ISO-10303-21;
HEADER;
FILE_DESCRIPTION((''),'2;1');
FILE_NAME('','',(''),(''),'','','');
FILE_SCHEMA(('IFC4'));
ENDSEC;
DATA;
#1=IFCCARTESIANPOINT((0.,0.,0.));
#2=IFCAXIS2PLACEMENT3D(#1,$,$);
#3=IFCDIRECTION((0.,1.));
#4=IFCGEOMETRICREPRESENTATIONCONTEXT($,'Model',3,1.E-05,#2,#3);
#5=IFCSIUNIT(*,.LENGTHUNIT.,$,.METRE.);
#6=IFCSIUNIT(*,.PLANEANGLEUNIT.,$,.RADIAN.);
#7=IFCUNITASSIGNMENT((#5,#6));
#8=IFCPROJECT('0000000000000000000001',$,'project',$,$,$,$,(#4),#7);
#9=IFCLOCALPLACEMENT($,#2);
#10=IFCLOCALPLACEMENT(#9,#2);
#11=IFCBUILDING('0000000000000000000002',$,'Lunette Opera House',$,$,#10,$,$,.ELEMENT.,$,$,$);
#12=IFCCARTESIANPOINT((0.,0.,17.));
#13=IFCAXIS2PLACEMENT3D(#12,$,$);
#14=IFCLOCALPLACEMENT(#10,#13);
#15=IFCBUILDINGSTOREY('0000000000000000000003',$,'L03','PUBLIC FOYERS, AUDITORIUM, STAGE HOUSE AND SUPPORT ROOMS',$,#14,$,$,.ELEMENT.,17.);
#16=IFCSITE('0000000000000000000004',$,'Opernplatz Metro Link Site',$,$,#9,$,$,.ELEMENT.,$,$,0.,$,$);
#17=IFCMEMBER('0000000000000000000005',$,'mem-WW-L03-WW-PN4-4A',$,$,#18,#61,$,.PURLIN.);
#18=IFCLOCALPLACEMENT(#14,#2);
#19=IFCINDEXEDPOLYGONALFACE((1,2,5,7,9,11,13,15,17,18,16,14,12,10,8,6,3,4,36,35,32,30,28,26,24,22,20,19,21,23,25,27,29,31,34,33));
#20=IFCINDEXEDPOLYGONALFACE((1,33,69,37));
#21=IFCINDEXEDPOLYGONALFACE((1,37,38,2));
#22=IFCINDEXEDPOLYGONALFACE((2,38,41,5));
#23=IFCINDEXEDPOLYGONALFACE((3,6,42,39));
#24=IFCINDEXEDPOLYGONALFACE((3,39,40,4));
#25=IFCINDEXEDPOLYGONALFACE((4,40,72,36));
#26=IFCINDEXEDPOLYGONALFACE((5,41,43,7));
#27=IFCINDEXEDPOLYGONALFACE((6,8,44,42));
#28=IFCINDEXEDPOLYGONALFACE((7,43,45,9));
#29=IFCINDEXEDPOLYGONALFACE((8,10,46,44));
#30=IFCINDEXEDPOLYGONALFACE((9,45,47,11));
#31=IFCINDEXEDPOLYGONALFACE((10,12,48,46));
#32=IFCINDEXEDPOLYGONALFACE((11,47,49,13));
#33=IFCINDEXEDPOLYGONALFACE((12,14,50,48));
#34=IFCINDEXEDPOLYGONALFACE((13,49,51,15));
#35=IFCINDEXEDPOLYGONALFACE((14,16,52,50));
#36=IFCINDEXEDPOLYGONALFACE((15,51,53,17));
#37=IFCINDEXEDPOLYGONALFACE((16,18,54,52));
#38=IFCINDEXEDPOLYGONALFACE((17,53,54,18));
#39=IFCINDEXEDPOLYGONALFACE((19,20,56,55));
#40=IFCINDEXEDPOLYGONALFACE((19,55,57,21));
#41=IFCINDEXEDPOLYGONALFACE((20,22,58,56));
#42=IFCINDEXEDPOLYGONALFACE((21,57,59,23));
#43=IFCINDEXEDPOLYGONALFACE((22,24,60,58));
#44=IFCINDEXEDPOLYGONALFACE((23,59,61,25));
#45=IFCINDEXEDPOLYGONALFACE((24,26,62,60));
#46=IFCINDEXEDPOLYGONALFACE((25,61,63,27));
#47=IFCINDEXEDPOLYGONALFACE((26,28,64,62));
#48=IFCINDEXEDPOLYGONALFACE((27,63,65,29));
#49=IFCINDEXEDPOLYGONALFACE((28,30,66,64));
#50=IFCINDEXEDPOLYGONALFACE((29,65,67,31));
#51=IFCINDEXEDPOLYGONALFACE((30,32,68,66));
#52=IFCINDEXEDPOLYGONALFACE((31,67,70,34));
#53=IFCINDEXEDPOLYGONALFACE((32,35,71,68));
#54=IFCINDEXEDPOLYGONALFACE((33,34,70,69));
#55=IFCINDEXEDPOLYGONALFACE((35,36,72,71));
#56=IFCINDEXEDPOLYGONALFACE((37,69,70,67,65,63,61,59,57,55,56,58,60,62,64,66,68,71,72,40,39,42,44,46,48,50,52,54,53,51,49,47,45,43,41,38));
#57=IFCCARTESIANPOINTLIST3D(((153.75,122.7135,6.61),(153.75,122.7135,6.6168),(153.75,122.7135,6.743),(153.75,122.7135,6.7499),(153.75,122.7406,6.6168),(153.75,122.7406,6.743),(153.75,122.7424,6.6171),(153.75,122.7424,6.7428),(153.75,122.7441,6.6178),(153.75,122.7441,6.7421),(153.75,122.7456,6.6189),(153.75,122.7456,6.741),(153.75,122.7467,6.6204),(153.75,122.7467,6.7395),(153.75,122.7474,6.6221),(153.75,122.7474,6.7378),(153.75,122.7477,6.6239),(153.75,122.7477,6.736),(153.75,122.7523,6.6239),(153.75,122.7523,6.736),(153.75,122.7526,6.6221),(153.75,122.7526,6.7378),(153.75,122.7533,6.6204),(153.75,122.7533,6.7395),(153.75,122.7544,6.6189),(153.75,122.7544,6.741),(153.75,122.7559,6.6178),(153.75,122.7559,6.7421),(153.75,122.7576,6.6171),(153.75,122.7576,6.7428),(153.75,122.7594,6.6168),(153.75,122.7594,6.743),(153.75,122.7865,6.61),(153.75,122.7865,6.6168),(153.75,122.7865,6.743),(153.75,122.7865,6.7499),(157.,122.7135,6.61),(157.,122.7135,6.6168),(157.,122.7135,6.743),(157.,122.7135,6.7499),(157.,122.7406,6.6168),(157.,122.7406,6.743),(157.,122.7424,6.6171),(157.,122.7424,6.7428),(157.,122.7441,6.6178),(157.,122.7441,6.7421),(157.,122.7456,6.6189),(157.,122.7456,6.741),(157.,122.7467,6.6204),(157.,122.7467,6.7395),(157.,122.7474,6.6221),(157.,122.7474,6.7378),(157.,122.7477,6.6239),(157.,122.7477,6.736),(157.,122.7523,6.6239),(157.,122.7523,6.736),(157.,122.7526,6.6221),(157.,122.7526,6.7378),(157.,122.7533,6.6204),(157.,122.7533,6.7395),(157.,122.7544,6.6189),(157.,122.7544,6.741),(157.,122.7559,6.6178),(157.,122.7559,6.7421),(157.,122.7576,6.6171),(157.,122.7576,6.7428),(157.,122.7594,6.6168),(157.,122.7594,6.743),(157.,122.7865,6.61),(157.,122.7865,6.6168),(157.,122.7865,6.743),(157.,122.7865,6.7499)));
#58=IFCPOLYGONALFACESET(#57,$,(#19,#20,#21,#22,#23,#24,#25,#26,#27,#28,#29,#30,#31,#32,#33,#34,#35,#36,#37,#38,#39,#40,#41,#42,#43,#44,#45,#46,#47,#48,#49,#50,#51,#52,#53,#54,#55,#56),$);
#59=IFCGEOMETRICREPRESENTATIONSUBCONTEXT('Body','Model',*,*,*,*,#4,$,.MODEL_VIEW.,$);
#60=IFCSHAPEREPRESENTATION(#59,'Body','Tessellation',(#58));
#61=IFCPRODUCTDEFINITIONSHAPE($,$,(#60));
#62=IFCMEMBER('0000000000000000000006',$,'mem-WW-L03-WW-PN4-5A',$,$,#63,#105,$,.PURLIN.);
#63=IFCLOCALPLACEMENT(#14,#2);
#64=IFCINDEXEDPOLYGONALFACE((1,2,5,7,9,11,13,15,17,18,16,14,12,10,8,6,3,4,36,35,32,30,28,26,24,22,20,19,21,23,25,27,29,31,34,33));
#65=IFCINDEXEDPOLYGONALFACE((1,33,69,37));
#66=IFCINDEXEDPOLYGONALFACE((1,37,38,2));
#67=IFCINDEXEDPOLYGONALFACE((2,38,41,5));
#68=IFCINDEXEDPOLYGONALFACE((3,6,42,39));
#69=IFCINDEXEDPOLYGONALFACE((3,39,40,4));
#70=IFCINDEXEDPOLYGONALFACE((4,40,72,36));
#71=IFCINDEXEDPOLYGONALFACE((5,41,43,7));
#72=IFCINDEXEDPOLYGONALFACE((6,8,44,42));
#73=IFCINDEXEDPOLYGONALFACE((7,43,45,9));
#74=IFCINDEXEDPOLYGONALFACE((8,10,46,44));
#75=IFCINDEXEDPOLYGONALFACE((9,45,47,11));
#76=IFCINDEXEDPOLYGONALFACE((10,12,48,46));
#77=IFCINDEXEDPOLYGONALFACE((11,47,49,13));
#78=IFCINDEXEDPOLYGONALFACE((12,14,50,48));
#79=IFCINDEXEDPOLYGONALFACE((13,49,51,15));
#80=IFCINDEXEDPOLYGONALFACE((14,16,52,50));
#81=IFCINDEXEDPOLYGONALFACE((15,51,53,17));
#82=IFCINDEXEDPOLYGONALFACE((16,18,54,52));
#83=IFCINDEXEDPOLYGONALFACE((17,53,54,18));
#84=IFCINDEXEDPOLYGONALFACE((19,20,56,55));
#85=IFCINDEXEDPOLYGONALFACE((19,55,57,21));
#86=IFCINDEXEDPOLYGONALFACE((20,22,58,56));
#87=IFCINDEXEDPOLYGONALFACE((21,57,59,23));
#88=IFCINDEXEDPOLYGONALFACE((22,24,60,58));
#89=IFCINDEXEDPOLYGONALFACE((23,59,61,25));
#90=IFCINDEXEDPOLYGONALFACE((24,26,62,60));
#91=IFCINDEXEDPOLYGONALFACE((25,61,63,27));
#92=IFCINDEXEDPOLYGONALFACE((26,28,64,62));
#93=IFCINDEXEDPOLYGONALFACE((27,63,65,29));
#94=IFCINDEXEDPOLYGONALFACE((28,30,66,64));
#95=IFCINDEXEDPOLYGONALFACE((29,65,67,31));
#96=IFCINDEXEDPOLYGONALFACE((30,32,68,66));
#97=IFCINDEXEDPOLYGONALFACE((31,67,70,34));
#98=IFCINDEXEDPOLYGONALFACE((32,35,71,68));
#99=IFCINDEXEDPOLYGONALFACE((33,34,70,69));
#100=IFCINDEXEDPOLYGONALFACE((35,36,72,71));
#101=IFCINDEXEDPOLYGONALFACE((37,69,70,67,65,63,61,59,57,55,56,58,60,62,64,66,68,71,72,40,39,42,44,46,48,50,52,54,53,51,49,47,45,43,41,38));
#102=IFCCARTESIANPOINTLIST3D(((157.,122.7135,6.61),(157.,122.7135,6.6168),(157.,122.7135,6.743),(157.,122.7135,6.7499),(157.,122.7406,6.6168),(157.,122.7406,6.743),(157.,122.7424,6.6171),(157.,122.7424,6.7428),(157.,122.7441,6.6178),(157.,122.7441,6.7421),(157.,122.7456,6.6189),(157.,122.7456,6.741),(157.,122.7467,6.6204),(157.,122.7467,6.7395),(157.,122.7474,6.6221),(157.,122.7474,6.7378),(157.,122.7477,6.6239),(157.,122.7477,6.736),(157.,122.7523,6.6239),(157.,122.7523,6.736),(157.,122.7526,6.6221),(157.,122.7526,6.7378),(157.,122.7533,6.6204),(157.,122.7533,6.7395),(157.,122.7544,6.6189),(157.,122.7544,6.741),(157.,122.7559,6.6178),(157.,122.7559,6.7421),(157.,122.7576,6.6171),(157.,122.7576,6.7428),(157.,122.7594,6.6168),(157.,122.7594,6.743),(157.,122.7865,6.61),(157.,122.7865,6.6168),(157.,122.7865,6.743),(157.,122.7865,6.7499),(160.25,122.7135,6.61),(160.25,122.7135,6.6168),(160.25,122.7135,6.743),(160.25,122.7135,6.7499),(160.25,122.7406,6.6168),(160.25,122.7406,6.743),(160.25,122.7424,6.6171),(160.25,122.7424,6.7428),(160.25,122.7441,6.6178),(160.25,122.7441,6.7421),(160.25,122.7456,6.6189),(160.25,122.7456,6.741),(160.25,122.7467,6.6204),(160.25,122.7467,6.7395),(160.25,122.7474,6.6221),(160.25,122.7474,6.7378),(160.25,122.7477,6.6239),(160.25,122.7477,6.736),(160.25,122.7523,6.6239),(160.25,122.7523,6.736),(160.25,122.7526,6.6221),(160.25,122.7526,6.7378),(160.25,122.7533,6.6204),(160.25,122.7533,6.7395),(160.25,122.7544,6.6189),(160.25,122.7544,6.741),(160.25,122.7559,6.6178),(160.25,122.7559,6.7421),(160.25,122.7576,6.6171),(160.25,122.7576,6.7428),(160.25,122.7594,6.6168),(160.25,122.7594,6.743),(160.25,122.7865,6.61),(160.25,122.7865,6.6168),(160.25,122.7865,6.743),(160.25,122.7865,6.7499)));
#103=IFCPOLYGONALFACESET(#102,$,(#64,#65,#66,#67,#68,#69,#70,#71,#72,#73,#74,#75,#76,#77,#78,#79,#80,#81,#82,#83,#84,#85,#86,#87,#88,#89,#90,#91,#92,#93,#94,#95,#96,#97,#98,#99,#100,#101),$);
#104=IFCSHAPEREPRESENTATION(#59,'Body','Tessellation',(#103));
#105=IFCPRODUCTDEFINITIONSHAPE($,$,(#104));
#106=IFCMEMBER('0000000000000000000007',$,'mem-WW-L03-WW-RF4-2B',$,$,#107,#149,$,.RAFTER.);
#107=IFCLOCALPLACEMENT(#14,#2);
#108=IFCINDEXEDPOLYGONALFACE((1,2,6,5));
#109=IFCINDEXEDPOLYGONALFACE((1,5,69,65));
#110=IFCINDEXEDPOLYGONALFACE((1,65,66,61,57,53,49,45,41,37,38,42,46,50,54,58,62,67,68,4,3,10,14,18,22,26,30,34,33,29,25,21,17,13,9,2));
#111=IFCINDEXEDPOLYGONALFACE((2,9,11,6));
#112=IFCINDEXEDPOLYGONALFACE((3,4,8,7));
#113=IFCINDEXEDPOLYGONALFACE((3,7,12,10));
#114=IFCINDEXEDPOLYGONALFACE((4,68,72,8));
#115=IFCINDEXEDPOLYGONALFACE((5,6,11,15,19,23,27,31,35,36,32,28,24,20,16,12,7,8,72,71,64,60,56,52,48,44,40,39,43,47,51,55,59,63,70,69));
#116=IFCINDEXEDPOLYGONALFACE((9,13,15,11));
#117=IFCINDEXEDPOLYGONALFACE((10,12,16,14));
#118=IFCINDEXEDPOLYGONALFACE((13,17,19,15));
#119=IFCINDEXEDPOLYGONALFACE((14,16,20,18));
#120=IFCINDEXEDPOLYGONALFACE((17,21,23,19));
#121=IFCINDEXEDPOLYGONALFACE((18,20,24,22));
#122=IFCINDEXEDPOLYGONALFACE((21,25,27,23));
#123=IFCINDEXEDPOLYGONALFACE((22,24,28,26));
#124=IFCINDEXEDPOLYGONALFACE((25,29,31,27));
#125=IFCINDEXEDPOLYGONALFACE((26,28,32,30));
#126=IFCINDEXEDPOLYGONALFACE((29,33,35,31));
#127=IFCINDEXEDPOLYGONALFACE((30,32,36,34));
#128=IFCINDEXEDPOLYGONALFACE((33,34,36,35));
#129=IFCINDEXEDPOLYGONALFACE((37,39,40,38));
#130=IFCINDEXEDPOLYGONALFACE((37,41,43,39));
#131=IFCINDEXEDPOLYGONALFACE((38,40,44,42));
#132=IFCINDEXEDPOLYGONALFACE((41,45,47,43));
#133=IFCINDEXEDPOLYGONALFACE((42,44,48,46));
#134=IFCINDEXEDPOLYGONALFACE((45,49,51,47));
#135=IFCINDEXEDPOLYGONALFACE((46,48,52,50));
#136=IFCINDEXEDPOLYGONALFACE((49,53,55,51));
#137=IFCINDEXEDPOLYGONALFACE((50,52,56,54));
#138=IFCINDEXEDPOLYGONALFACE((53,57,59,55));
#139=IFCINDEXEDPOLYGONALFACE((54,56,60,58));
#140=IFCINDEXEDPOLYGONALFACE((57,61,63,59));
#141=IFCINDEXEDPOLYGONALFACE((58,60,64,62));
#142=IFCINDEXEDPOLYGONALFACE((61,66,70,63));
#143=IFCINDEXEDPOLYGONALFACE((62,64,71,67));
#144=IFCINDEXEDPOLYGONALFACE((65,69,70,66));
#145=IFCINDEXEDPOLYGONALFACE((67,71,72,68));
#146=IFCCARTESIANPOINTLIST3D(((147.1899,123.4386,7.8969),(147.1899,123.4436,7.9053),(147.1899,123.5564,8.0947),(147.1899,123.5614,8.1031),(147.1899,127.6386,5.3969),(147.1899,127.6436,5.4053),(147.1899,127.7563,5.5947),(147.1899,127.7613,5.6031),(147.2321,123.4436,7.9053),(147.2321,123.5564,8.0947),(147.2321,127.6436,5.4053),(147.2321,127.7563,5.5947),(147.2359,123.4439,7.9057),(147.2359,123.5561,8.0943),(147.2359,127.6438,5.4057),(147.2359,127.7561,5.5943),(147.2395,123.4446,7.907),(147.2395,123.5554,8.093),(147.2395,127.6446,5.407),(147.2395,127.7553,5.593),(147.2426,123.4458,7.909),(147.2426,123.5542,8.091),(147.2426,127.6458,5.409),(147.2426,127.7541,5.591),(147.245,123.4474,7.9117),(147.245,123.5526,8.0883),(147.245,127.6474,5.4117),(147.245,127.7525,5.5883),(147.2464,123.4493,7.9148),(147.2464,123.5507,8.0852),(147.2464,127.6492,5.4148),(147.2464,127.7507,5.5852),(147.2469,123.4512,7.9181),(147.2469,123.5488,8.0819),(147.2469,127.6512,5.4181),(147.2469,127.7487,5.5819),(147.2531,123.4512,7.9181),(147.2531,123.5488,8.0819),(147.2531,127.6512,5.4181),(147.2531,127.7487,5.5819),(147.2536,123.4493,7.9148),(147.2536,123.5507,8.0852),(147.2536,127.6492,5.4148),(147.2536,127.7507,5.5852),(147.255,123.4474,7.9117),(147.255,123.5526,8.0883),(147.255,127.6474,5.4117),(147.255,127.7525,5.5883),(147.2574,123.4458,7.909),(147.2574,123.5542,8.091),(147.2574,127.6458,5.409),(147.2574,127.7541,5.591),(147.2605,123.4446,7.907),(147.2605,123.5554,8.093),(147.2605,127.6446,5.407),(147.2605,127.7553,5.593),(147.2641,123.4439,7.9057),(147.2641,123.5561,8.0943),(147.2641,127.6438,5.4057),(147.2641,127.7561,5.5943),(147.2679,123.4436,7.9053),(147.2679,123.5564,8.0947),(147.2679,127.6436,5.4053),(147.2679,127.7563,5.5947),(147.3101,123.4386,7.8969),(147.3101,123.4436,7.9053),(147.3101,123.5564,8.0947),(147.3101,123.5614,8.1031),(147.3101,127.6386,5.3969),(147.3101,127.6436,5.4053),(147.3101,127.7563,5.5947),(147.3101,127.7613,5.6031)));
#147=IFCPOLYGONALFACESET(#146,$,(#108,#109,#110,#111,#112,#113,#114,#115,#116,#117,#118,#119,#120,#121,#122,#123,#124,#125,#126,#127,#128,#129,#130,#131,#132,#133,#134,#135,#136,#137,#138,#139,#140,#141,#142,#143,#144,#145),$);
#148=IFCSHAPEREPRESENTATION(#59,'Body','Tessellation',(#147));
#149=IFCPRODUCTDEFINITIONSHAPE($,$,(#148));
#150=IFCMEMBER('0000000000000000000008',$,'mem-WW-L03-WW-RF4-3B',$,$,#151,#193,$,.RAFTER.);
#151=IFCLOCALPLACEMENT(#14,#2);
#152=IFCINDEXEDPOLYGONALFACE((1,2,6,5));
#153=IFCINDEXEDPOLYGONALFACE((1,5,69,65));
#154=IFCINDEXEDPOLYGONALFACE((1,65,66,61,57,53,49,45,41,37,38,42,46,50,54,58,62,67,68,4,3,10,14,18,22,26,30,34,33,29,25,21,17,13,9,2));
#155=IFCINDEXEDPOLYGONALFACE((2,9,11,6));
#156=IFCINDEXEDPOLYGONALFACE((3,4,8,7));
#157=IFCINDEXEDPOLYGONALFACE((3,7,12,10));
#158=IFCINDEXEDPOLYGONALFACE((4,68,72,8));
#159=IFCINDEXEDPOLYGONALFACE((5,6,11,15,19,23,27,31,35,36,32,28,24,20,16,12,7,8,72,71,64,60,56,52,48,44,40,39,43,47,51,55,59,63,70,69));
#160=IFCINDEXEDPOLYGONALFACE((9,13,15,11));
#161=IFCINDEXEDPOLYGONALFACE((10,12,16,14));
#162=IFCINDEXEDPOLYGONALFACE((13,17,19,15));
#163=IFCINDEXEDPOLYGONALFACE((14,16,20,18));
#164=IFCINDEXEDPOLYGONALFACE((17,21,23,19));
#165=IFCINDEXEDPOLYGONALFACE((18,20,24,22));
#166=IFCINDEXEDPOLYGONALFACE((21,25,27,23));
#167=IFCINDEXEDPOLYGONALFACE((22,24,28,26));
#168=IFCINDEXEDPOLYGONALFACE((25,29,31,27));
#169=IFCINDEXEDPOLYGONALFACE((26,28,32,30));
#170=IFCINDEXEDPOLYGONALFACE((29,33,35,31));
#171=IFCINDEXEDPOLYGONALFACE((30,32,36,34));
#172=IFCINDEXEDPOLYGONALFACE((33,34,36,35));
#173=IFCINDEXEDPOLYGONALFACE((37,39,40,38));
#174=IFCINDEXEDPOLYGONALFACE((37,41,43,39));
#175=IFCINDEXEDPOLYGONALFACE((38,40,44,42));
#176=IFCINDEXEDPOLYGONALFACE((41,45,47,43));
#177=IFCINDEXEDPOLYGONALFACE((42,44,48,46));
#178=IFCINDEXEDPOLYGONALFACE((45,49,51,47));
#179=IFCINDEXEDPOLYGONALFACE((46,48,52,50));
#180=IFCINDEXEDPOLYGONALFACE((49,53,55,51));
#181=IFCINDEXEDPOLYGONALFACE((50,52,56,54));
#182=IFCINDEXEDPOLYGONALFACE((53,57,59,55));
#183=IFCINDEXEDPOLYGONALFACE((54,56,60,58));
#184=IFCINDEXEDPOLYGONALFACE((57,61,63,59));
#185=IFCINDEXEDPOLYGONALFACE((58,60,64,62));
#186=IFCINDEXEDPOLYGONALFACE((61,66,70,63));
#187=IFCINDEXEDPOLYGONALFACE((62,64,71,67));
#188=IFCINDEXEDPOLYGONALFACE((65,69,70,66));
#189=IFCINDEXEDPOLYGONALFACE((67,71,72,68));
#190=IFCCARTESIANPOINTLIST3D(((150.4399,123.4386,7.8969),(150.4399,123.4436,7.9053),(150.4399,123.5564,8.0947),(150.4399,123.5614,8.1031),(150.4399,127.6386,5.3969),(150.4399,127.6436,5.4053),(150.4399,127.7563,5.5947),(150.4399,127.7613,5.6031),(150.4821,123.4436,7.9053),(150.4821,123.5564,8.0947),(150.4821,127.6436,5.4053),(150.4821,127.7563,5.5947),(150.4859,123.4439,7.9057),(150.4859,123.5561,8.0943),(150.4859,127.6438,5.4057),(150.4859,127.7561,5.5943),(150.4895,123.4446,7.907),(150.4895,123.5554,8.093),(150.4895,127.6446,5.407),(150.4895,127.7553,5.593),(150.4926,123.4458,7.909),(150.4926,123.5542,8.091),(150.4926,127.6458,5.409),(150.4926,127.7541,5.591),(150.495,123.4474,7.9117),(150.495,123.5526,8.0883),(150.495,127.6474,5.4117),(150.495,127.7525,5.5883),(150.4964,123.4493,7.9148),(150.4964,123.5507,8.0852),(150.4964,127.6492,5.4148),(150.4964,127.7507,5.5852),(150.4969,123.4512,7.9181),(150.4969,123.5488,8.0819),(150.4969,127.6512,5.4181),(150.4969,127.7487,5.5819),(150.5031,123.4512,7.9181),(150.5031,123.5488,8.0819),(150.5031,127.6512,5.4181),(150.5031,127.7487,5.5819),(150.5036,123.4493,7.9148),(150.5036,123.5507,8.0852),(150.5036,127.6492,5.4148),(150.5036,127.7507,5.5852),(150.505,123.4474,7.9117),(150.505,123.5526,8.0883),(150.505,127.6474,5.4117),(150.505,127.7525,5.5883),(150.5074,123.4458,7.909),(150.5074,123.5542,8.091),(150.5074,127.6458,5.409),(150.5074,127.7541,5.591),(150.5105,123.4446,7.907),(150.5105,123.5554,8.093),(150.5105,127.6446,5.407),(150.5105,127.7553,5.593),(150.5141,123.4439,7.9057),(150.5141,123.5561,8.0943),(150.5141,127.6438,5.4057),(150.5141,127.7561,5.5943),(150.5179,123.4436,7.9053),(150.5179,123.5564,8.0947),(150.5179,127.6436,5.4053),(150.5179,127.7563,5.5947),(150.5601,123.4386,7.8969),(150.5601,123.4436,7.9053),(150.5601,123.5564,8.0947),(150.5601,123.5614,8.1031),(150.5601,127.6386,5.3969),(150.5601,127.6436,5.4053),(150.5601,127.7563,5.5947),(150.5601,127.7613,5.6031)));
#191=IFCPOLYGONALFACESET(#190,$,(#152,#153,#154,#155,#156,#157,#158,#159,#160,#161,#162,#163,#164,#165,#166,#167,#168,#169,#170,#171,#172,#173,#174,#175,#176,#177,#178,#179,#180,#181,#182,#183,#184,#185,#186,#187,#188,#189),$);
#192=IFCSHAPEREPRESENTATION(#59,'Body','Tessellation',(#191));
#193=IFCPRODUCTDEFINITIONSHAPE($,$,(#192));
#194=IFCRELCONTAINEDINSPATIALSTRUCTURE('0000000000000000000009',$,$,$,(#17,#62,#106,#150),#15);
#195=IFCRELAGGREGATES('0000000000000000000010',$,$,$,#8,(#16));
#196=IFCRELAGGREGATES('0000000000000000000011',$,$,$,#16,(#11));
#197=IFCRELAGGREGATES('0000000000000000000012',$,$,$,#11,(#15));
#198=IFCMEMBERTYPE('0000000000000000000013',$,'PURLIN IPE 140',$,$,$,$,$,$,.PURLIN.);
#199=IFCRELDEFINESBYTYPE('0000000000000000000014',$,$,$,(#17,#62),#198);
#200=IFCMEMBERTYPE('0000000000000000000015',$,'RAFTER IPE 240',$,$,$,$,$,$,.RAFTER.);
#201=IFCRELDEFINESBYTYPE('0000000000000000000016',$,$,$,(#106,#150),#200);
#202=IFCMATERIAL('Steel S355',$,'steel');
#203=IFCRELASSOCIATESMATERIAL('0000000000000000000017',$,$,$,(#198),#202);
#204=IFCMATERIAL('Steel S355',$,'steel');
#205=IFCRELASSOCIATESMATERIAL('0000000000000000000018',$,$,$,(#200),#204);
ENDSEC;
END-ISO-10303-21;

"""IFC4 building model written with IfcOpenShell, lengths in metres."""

from ifc_helpers import new_model, si_unit, direction, frame, origin, origin_2d, place, context, subcontext, project, spatial, i_section, extrude, material, material_profile, profile_set, type_object, element, save


model = new_model("IFC4")

# Units and contexts
model_context = context("Model", 3, precision=1e-05, world=origin(), true_north=direction((0.0, 1.0)))
body_context = subcontext(model_context, "Body", "Model", "MODEL_VIEW")
ifc_project = project(units=[si_unit("LENGTHUNIT", "METRE"), si_unit("PLANEANGLEUNIT", "RADIAN")], contexts=[model_context])

# Site, building, storey
site_placement = place(None, origin())
site = spatial("IfcSite", under=ifc_project, at=site_placement, Name="Opernplatz Metro Link Site", CompositionType="ELEMENT", RefElevation=0.0)
building_placement = place(site_placement, origin())
building = spatial("IfcBuilding", under=site, at=building_placement, Name="Lunette Opera House", CompositionType="ELEMENT")
storey_placement = place(building_placement, frame((0.0, 0.0, 17.0)))
storey = spatial("IfcBuildingStorey", under=building, at=storey_placement, Name="L03", Description="PUBLIC FOYERS, AUDITORIUM, STAGE HOUSE AND SUPPORT ROOMS", CompositionType="ELEMENT", Elevation=17.0)

# Members
ifc_material_1 = material(Name="Steel S355", Category="steel")
ifc_material_profile_1 = material_profile(ifc_material_1, i_section(OverallWidth=0.073, OverallDepth=0.1399, WebThickness=0.0046, FlangeThickness=0.0068, FilletRadius=0.0071, at=origin_2d()), Name="IPE 140")
ifc_profile_set_1 = profile_set([ifc_material_profile_1], Name="Steel S355")
member_type_1 = type_object("IfcMemberType", Name="PURLIN IPE 140", PredefinedType="PURLIN", material=ifc_profile_set_1)
for number, where, z_axis, x_axis, name in (
    (1, (153.75, 122.75, 6.6799), (1.0, 0.0, 0.0), (0.0, 1.0, 0.0), "mem-WW-L03-WW-PN4-4A"),
    (2, (157.0, 122.75, 6.6799), (1.0, 0.0, 0.0), (0.0, 1.0, 0.0), "mem-WW-L03-WW-PN4-5A"),
):
    element("IfcMember", number, at=place(storey_placement, frame(where, z_axis=z_axis, x_axis=x_axis)), inside=storey, type_object=member_type_1, Name=name, PredefinedType="PURLIN", context=body_context, shape_type="SweptSolid", body=[
        extrude(i_section(OverallWidth=0.073, OverallDepth=0.1399, WebThickness=0.0046, FlangeThickness=0.0068, FilletRadius=0.0071, at=origin_2d()), origin(), (0.0, 0.0, 1.0), 3.25),
    ])
ifc_material_2 = material(Name="Steel S355", Category="steel")
ifc_material_profile_2 = material_profile(ifc_material_2, i_section(OverallWidth=0.1201, OverallDepth=0.24, WebThickness=0.0061, FlangeThickness=0.0098, FilletRadius=0.0149, at=origin_2d()), Name="IPE 240")
ifc_profile_set_2 = profile_set([ifc_material_profile_2], Name="Steel S355")
member_type_2 = type_object("IfcMemberType", Name="RAFTER IPE 240", PredefinedType="RAFTER", material=ifc_profile_set_2)
for number, where, z_axis, x_axis, name in (
    (3, (147.25, 123.5, 8.0), (0.0, 0.85929, -0.511488), (-1.0, 0.0, 0.0), "mem-WW-L03-WW-RF4-2B"),
    (4, (150.5, 123.5, 8.0), (0.0, 0.85929, -0.511488), (-1.0, 0.0, 0.0), "mem-WW-L03-WW-RF4-3B"),
):
    element("IfcMember", number, at=place(storey_placement, frame(where, z_axis=z_axis, x_axis=x_axis)), inside=storey, type_object=member_type_2, Name=name, PredefinedType="RAFTER", context=body_context, shape_type="SweptSolid", body=[
        extrude(i_section(OverallWidth=0.1201, OverallDepth=0.24, WebThickness=0.0061, FlangeThickness=0.0098, FilletRadius=0.0149, at=origin_2d()), origin(), (0.0, 0.0, 1.0), 4.8877),
    ])

save(model, "model.ifc")
